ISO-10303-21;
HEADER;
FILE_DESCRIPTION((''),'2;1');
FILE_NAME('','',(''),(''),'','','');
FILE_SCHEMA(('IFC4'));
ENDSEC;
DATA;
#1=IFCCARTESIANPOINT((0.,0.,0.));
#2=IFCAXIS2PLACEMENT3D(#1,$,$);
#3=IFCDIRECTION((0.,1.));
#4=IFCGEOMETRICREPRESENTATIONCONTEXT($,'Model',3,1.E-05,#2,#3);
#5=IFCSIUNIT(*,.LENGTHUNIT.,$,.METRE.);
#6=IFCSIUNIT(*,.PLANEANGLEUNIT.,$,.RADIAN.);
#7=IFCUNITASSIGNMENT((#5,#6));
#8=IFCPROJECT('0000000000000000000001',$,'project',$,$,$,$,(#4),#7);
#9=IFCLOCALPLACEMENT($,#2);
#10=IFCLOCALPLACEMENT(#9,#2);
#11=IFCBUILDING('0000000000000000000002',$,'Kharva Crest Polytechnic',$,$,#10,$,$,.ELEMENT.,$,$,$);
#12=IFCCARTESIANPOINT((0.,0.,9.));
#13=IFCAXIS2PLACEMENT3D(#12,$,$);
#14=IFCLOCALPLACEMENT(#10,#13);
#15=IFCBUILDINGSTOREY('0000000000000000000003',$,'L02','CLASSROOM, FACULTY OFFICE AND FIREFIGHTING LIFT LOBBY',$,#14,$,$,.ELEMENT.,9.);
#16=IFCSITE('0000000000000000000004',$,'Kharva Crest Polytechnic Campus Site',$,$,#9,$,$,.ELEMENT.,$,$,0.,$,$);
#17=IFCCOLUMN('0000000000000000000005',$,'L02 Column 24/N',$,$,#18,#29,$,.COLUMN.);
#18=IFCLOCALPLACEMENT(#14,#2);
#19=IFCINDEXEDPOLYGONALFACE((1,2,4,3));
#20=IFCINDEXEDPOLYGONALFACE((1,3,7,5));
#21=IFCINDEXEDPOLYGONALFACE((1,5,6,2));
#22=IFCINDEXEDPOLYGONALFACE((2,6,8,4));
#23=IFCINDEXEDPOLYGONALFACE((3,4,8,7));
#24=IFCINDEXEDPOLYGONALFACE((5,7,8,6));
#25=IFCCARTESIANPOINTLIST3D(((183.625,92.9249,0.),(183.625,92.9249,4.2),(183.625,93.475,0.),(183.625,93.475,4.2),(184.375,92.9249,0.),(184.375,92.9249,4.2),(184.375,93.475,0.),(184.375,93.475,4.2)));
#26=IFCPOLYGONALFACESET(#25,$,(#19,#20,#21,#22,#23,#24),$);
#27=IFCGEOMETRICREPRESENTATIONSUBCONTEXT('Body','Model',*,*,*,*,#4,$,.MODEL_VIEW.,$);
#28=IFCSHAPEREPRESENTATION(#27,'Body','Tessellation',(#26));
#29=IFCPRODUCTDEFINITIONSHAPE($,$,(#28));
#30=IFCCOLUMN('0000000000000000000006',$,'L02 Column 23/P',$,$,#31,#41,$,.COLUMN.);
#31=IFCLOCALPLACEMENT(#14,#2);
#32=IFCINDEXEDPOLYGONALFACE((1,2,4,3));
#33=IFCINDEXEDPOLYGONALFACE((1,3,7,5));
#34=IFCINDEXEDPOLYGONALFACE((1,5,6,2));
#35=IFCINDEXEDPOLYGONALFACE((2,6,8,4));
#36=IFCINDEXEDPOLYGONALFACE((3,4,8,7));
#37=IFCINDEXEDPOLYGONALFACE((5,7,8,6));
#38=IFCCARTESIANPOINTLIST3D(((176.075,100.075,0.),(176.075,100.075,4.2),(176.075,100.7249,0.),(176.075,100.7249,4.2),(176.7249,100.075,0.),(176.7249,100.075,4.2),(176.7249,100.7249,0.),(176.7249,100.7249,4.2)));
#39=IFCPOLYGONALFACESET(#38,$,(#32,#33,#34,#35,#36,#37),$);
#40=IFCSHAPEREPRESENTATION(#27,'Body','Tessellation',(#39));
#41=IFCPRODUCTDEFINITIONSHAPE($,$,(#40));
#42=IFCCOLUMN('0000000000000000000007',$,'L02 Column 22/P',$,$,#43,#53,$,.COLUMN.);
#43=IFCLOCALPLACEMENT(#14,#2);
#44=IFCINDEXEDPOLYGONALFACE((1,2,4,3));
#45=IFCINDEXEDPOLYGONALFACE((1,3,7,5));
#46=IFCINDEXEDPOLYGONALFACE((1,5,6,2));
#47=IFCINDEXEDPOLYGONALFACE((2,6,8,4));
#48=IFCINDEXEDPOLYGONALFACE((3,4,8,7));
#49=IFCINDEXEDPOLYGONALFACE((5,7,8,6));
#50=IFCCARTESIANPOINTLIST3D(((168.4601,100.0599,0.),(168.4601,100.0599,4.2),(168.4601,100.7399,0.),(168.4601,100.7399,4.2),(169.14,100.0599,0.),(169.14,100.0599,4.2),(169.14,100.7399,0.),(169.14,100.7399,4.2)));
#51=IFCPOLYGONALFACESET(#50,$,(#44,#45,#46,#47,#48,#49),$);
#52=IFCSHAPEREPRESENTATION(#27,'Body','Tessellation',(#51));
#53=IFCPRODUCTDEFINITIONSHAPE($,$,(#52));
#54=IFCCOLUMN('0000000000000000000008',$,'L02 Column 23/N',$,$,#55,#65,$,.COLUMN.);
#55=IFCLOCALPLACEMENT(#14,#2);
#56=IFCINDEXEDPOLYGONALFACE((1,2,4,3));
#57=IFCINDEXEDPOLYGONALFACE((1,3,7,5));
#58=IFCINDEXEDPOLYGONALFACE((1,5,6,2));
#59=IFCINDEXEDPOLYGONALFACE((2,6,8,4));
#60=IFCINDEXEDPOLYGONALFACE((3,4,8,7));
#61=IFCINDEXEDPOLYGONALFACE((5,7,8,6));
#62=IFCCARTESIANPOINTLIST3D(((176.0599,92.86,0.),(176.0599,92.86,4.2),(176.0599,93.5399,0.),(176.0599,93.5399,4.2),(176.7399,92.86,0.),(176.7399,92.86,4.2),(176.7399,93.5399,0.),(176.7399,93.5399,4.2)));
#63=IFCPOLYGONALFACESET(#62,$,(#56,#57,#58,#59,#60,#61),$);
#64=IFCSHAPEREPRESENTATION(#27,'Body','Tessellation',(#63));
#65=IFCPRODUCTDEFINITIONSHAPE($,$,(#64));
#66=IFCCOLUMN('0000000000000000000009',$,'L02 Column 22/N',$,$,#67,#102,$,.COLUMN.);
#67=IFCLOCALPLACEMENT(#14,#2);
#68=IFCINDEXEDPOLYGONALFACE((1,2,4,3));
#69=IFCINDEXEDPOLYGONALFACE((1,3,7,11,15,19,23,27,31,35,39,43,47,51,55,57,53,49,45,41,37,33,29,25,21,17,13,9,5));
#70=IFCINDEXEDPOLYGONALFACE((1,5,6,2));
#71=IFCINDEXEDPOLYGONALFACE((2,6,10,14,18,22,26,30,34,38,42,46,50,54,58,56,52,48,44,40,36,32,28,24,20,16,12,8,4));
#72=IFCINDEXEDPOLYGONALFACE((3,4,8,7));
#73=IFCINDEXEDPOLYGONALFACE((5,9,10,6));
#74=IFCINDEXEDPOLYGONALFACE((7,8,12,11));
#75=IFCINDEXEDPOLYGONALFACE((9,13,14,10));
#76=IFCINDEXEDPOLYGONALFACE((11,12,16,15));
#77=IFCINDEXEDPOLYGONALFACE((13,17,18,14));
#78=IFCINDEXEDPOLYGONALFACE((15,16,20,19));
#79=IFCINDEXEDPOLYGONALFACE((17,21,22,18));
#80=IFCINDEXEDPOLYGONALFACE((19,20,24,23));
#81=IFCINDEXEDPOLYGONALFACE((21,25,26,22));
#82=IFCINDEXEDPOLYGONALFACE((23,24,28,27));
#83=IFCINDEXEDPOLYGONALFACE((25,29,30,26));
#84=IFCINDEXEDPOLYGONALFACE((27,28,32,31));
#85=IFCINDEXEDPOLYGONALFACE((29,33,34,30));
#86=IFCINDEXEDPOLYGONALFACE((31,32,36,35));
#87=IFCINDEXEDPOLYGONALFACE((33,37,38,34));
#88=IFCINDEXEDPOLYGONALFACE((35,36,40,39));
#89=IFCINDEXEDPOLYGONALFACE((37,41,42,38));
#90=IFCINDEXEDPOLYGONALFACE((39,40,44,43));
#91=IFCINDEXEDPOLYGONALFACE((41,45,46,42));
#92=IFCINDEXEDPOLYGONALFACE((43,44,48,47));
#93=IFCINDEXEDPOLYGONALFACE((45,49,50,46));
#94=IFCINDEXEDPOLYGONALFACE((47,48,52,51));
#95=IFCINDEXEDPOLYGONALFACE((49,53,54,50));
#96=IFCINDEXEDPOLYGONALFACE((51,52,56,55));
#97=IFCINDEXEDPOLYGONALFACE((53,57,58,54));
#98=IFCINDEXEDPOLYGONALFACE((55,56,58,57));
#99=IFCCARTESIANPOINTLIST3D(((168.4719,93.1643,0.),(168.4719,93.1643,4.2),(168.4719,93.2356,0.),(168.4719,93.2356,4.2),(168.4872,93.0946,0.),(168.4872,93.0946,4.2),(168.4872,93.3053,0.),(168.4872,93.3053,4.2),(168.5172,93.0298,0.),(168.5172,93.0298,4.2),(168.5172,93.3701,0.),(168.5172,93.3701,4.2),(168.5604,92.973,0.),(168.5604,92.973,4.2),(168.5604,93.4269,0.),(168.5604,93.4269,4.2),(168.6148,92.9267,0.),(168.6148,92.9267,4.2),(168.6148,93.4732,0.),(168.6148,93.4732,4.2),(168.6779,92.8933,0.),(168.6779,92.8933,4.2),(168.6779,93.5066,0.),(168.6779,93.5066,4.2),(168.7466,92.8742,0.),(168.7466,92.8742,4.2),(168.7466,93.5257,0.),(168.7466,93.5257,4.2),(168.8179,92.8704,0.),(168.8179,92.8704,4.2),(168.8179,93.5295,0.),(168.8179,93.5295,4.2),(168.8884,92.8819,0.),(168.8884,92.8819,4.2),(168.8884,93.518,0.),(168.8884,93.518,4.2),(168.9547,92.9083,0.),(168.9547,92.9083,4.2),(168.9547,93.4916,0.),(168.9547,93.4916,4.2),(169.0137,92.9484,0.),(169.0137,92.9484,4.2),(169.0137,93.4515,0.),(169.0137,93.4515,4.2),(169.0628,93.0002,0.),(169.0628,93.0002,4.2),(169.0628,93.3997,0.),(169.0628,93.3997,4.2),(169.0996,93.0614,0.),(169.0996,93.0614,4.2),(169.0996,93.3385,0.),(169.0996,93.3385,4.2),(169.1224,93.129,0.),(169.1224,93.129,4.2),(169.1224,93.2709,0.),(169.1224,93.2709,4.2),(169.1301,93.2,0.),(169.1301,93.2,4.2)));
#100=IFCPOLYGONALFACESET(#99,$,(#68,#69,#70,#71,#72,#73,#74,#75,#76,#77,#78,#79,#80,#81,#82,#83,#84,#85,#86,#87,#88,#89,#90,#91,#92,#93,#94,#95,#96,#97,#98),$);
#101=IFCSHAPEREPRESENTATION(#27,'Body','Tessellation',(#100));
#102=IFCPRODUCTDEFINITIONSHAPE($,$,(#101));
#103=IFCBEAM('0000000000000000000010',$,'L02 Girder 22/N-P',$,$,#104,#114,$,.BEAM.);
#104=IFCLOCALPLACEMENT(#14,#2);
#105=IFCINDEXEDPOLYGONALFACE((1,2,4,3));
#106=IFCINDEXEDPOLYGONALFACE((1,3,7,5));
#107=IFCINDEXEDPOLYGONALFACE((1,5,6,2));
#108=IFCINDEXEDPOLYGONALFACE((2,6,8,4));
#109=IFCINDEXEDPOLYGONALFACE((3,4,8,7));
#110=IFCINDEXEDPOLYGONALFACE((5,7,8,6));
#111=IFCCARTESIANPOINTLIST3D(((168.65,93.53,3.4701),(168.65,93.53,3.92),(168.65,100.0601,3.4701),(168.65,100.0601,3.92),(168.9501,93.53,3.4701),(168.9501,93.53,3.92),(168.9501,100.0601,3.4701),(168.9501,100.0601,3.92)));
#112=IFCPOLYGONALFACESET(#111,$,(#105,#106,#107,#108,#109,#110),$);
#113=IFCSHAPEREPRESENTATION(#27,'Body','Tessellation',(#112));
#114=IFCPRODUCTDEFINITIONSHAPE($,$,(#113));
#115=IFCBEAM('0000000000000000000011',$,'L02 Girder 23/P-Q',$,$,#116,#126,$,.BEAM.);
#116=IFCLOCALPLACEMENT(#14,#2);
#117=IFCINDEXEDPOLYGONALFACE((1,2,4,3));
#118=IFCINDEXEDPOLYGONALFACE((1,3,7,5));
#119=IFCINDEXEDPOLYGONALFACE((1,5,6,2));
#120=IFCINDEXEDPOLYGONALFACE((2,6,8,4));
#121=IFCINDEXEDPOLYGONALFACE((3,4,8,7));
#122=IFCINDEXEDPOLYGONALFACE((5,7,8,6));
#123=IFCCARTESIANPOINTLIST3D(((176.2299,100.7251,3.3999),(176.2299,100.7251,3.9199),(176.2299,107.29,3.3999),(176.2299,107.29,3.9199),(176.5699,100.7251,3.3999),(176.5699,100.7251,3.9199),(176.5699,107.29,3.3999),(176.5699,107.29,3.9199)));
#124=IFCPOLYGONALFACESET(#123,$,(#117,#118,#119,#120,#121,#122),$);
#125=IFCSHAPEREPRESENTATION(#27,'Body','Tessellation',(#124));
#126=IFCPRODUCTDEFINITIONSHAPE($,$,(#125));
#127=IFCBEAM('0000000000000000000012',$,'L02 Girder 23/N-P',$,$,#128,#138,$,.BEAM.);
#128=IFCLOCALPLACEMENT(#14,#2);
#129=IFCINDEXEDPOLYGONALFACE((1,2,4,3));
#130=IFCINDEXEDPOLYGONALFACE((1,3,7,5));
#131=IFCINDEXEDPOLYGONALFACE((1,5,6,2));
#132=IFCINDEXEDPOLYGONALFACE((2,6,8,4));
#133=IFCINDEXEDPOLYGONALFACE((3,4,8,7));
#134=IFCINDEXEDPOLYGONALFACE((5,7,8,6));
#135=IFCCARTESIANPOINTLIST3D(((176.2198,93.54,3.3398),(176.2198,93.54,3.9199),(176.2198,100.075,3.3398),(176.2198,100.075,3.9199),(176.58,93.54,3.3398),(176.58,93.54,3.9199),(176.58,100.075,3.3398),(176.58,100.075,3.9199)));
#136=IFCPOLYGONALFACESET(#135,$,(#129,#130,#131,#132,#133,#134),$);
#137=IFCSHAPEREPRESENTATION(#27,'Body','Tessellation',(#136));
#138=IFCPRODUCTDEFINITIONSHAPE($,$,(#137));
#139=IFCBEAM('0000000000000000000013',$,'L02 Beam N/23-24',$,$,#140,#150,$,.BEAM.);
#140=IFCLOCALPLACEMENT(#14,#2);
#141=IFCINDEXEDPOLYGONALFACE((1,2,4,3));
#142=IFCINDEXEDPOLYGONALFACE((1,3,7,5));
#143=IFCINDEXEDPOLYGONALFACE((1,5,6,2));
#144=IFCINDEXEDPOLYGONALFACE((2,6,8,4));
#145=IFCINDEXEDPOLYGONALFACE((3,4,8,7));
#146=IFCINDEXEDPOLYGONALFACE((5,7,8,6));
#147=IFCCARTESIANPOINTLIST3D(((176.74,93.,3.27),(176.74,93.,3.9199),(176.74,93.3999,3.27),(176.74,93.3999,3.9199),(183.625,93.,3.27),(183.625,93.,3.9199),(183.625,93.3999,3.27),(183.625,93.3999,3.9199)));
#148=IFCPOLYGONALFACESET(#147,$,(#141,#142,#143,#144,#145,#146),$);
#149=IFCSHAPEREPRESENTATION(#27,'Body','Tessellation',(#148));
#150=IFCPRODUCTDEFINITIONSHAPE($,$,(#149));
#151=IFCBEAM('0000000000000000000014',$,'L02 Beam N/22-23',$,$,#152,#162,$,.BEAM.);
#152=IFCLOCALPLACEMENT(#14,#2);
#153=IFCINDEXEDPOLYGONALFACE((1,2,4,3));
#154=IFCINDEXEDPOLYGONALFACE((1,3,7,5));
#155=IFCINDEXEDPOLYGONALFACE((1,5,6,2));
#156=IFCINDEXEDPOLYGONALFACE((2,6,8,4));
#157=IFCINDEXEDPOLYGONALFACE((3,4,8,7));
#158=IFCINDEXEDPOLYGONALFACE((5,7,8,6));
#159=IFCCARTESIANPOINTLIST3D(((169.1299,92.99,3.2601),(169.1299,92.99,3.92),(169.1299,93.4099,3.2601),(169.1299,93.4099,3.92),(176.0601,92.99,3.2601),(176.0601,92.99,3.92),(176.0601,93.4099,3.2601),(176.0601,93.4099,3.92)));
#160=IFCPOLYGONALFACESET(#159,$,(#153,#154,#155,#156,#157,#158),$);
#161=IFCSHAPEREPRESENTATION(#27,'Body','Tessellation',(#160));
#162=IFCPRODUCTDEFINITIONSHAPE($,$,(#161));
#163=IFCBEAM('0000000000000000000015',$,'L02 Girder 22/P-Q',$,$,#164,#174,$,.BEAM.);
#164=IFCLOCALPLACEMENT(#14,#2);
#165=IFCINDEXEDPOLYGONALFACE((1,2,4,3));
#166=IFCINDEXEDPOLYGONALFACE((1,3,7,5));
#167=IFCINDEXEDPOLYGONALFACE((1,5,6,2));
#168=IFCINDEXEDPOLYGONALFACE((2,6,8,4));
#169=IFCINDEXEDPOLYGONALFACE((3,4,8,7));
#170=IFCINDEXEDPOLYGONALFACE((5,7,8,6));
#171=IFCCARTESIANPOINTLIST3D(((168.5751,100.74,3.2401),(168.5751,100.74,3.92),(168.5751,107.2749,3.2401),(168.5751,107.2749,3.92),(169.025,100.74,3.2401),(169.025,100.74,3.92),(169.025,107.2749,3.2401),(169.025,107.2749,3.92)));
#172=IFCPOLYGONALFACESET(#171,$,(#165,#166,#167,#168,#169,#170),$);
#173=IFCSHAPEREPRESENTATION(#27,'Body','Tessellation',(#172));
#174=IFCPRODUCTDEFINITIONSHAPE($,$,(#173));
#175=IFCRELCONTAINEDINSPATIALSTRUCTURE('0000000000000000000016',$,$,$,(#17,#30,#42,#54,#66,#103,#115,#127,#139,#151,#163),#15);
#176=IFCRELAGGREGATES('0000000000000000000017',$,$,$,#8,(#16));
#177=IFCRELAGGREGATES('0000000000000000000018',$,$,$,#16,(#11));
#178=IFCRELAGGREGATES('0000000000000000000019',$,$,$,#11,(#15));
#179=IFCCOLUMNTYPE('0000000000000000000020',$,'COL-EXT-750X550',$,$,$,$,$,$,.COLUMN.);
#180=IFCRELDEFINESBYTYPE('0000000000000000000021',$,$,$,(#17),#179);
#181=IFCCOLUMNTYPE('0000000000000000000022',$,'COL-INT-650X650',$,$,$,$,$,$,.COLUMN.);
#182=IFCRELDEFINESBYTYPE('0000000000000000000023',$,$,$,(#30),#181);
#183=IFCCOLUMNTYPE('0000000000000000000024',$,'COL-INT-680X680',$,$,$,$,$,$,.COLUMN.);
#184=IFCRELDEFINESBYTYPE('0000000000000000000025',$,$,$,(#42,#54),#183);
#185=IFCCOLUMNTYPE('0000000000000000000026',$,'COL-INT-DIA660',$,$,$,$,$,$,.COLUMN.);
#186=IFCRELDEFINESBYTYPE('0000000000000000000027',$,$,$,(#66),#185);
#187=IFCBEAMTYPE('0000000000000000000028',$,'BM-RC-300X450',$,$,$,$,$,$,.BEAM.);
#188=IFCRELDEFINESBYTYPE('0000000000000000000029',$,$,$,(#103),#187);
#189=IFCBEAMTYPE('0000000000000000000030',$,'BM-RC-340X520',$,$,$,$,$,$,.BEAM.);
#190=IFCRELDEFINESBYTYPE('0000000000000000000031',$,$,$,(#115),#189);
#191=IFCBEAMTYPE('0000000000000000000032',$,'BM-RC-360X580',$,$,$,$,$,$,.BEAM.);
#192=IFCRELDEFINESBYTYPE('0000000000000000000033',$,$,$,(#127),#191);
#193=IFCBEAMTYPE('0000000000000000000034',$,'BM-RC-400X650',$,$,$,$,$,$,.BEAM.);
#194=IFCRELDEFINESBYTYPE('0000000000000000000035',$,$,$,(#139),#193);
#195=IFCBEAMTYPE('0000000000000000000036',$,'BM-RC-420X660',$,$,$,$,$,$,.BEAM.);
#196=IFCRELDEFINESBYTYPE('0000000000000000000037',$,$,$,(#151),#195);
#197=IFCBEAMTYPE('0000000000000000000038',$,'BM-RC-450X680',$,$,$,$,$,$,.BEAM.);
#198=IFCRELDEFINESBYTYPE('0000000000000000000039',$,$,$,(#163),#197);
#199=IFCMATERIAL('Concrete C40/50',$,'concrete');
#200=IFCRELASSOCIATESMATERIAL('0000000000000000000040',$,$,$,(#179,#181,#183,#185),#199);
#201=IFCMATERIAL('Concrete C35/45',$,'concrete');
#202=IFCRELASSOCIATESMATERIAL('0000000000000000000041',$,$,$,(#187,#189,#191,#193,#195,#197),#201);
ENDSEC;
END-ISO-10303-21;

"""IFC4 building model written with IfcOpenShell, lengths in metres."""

from ifc_helpers import new_model, si_unit, direction, frame, origin, origin_2d, place, context, subcontext, project, spatial, rectangle, circle, extrude, material, material_profile, profile_set, type_object, element, save


model = new_model("IFC4")

# Units and contexts
model_context = context("Model", 3, precision=1e-05, world=origin(), true_north=direction((0.0, 1.0)))
body_context = subcontext(model_context, "Body", "Model", "MODEL_VIEW")
ifc_project = project(units=[si_unit("LENGTHUNIT", "METRE"), si_unit("PLANEANGLEUNIT", "RADIAN")], contexts=[model_context])

# Site, building, storey
site_placement = place(None, origin())
site = spatial("IfcSite", under=ifc_project, at=site_placement, Name="Kharva Crest Polytechnic Campus Site", CompositionType="ELEMENT", RefElevation=0.0)
building_placement = place(site_placement, origin())
building = spatial("IfcBuilding", under=site, at=building_placement, Name="Kharva Crest Polytechnic", CompositionType="ELEMENT")
storey_placement = place(building_placement, frame((0.0, 0.0, 9.0)))
storey = spatial("IfcBuildingStorey", under=building, at=storey_placement, Name="L02", Description="CLASSROOM, FACULTY OFFICE AND FIREFIGHTING LIFT LOBBY", CompositionType="ELEMENT", Elevation=9.0)

# Columns
ifc_material_1 = material(Name="Concrete C40/50", Category="concrete")
ifc_material_profile_1 = material_profile(ifc_material_1, rectangle(XDim=0.75, YDim=0.55, at=origin_2d()), Name="RECT 750 X 550")
ifc_profile_set_1 = profile_set([ifc_material_profile_1], Name="Concrete C40/50")
column_type_1 = type_object("IfcColumnType", Name="COL-EXT-750X550", PredefinedType="COLUMN", material=ifc_profile_set_1)
column_1_placement = place(storey_placement, frame((184.0, 93.2, 0.0), z_axis=(0.0, 0.0, 1.0), x_axis=(1.0, 0.0, 0.0)))
element("IfcColumn", 1, at=column_1_placement, inside=storey, type_object=column_type_1, Name="L02 Column 24/N", PredefinedType="COLUMN", context=body_context, shape_type="SweptSolid", body=[
    extrude(rectangle(XDim=0.75, YDim=0.55, at=origin_2d()), origin(), (0.0, 0.0, 1.0), 4.2),
])
ifc_material_profile_2 = material_profile(ifc_material_1, rectangle(XDim=0.6499, YDim=0.6499, at=origin_2d()), Name="RECT 650 X 650")
ifc_profile_set_2 = profile_set([ifc_material_profile_2], Name="Concrete C40/50")
column_type_2 = type_object("IfcColumnType", Name="COL-INT-650X650", PredefinedType="COLUMN", material=ifc_profile_set_2)
column_2_placement = place(storey_placement, frame((176.3999, 100.3999, 0.0), z_axis=(0.0, 0.0, 1.0), x_axis=(1.0, 0.0, 0.0)))
element("IfcColumn", 2, at=column_2_placement, inside=storey, type_object=column_type_2, Name="L02 Column 23/P", PredefinedType="COLUMN", context=body_context, shape_type="SweptSolid", body=[
    extrude(rectangle(XDim=0.6499, YDim=0.6499, at=origin_2d()), origin(), (0.0, 0.0, 1.0), 4.2),
])
ifc_material_profile_3 = material_profile(ifc_material_1, rectangle(XDim=0.6799, YDim=0.6799, at=origin_2d()), Name="RECT 680 X 680")
ifc_profile_set_3 = profile_set([ifc_material_profile_3], Name="Concrete C40/50")
column_type_3 = type_object("IfcColumnType", Name="COL-INT-680X680", PredefinedType="COLUMN", material=ifc_profile_set_3)
for number, where, z_axis, x_axis, name in (
    (3, (168.8, 100.3999, 0.0), (0.0, 0.0, 1.0), (1.0, 0.0, 0.0), "L02 Column 22/P"),
    (4, (176.3999, 93.2, 0.0), (0.0, 0.0, 1.0), (1.0, 0.0, 0.0), "L02 Column 23/N"),
):
    element("IfcColumn", number, at=place(storey_placement, frame(where, z_axis=z_axis, x_axis=x_axis)), inside=storey, type_object=column_type_3, Name=name, PredefinedType="COLUMN", context=body_context, shape_type="SweptSolid", body=[
        extrude(rectangle(XDim=0.6799, YDim=0.6799, at=origin_2d()), origin(), (0.0, 0.0, 1.0), 4.2),
    ])
ifc_material_profile_4 = material_profile(ifc_material_1, circle(Radius=0.3301, at=origin_2d()), Name="DIA 660")
ifc_profile_set_4 = profile_set([ifc_material_profile_4], Name="Concrete C40/50")
column_type_4 = type_object("IfcColumnType", Name="COL-INT-DIA660", PredefinedType="COLUMN", material=ifc_profile_set_4)
column_3_placement = place(storey_placement, frame((168.8, 93.2, 0.0), z_axis=(0.0, 0.0, 1.0), x_axis=(1.0, 0.0, 0.0)))
element("IfcColumn", 5, at=column_3_placement, inside=storey, type_object=column_type_4, Name="L02 Column 22/N", PredefinedType="COLUMN", context=body_context, shape_type="SweptSolid", body=[
    extrude(circle(Radius=0.3301, at=origin_2d()), origin(), (0.0, 0.0, 1.0), 4.2),
])

# Beams
ifc_material_2 = material(Name="Concrete C35/45", Category="concrete")
ifc_material_profile_5 = material_profile(ifc_material_2, rectangle(XDim=0.3, YDim=0.45, at=origin_2d()), Name="RECT 300 X 450")
ifc_profile_set_5 = profile_set([ifc_material_profile_5], Name="Concrete C35/45")
beam_type_1 = type_object("IfcBeamType", Name="BM-RC-300X450", PredefinedType="BEAM", material=ifc_profile_set_5)
beam_1_placement = place(storey_placement, frame((168.8, 93.53, 3.6951), z_axis=(0.0, 1.0, 0.0), x_axis=(-1.0, 0.0, 0.0)))
element("IfcBeam", 6, at=beam_1_placement, inside=storey, type_object=beam_type_1, Name="L02 Girder 22/N-P", PredefinedType="BEAM", context=body_context, shape_type="SweptSolid", body=[
    extrude(rectangle(XDim=0.3, YDim=0.45, at=origin_2d()), origin(), (0.0, 0.0, 1.0), 6.53),
])
ifc_material_profile_6 = material_profile(ifc_material_2, rectangle(XDim=0.3401, YDim=0.52, at=origin_2d()), Name="RECT 340 X 520")
ifc_profile_set_6 = profile_set([ifc_material_profile_6], Name="Concrete C35/45")
beam_type_2 = type_object("IfcBeamType", Name="BM-RC-340X520", PredefinedType="BEAM", material=ifc_profile_set_6)
beam_2_placement = place(storey_placement, frame((176.3999, 100.7251, 3.6599), z_axis=(0.0, 1.0, 0.0), x_axis=(-1.0, 0.0, 0.0)))
element("IfcBeam", 7, at=beam_2_placement, inside=storey, type_object=beam_type_2, Name="L02 Girder 23/P-Q", PredefinedType="BEAM", context=body_context, shape_type="SweptSolid", body=[
    extrude(rectangle(XDim=0.3401, YDim=0.52, at=origin_2d()), origin(), (0.0, 0.0, 1.0), 6.5649),
])
ifc_material_profile_7 = material_profile(ifc_material_2, rectangle(XDim=0.3601, YDim=0.5801, at=origin_2d()), Name="RECT 360 X 580")
ifc_profile_set_7 = profile_set([ifc_material_profile_7], Name="Concrete C35/45")
beam_type_3 = type_object("IfcBeamType", Name="BM-RC-360X580", PredefinedType="BEAM", material=ifc_profile_set_7)
beam_3_placement = place(storey_placement, frame((176.3999, 93.54, 3.6299), z_axis=(0.0, 1.0, 0.0), x_axis=(-1.0, 0.0, 0.0)))
element("IfcBeam", 8, at=beam_3_placement, inside=storey, type_object=beam_type_3, Name="L02 Girder 23/N-P", PredefinedType="BEAM", context=body_context, shape_type="SweptSolid", body=[
    extrude(rectangle(XDim=0.3601, YDim=0.5801, at=origin_2d()), origin(), (0.0, 0.0, 1.0), 6.5349),
])
ifc_material_profile_8 = material_profile(ifc_material_2, rectangle(XDim=0.3999, YDim=0.6499, at=origin_2d()), Name="RECT 400 X 650")
ifc_profile_set_8 = profile_set([ifc_material_profile_8], Name="Concrete C35/45")
beam_type_4 = type_object("IfcBeamType", Name="BM-RC-400X650", PredefinedType="BEAM", material=ifc_profile_set_8)
beam_4_placement = place(storey_placement, frame((176.74, 93.2, 3.595), z_axis=(1.0, 0.0, 0.0), x_axis=(0.0, 1.0, 0.0)))
element("IfcBeam", 9, at=beam_4_placement, inside=storey, type_object=beam_type_4, Name="L02 Beam N/23-24", PredefinedType="BEAM", context=body_context, shape_type="SweptSolid", body=[
    extrude(rectangle(XDim=0.3999, YDim=0.6499, at=origin_2d()), origin(), (0.0, 0.0, 1.0), 6.885),
])
ifc_material_profile_9 = material_profile(ifc_material_2, rectangle(XDim=0.4199, YDim=0.6599, at=origin_2d()), Name="RECT 420 X 660")
ifc_profile_set_9 = profile_set([ifc_material_profile_9], Name="Concrete C35/45")
beam_type_5 = type_object("IfcBeamType", Name="BM-RC-420X660", PredefinedType="BEAM", material=ifc_profile_set_9)
beam_5_placement = place(storey_placement, frame((169.1299, 93.2, 3.5901), z_axis=(1.0, 0.0, 0.0), x_axis=(0.0, 1.0, 0.0)))
element("IfcBeam", 10, at=beam_5_placement, inside=storey, type_object=beam_type_5, Name="L02 Beam N/22-23", PredefinedType="BEAM", context=body_context, shape_type="SweptSolid", body=[
    extrude(rectangle(XDim=0.4199, YDim=0.6599, at=origin_2d()), origin(), (0.0, 0.0, 1.0), 6.9302),
])
ifc_material_profile_10 = material_profile(ifc_material_2, rectangle(XDim=0.45, YDim=0.6799, at=origin_2d()), Name="RECT 450 X 680")
ifc_profile_set_10 = profile_set([ifc_material_profile_10], Name="Concrete C35/45")
beam_type_6 = type_object("IfcBeamType", Name="BM-RC-450X680", PredefinedType="BEAM", material=ifc_profile_set_10)
beam_6_placement = place(storey_placement, frame((168.8, 100.74, 3.5801), z_axis=(0.0, 1.0, 0.0), x_axis=(-1.0, 0.0, 0.0)))
element("IfcBeam", 11, at=beam_6_placement, inside=storey, type_object=beam_type_6, Name="L02 Girder 22/P-Q", PredefinedType="BEAM", context=body_context, shape_type="SweptSolid", body=[
    extrude(rectangle(XDim=0.45, YDim=0.6799, at=origin_2d()), origin(), (0.0, 0.0, 1.0), 6.5349),
])

save(model, "model.ifc")
